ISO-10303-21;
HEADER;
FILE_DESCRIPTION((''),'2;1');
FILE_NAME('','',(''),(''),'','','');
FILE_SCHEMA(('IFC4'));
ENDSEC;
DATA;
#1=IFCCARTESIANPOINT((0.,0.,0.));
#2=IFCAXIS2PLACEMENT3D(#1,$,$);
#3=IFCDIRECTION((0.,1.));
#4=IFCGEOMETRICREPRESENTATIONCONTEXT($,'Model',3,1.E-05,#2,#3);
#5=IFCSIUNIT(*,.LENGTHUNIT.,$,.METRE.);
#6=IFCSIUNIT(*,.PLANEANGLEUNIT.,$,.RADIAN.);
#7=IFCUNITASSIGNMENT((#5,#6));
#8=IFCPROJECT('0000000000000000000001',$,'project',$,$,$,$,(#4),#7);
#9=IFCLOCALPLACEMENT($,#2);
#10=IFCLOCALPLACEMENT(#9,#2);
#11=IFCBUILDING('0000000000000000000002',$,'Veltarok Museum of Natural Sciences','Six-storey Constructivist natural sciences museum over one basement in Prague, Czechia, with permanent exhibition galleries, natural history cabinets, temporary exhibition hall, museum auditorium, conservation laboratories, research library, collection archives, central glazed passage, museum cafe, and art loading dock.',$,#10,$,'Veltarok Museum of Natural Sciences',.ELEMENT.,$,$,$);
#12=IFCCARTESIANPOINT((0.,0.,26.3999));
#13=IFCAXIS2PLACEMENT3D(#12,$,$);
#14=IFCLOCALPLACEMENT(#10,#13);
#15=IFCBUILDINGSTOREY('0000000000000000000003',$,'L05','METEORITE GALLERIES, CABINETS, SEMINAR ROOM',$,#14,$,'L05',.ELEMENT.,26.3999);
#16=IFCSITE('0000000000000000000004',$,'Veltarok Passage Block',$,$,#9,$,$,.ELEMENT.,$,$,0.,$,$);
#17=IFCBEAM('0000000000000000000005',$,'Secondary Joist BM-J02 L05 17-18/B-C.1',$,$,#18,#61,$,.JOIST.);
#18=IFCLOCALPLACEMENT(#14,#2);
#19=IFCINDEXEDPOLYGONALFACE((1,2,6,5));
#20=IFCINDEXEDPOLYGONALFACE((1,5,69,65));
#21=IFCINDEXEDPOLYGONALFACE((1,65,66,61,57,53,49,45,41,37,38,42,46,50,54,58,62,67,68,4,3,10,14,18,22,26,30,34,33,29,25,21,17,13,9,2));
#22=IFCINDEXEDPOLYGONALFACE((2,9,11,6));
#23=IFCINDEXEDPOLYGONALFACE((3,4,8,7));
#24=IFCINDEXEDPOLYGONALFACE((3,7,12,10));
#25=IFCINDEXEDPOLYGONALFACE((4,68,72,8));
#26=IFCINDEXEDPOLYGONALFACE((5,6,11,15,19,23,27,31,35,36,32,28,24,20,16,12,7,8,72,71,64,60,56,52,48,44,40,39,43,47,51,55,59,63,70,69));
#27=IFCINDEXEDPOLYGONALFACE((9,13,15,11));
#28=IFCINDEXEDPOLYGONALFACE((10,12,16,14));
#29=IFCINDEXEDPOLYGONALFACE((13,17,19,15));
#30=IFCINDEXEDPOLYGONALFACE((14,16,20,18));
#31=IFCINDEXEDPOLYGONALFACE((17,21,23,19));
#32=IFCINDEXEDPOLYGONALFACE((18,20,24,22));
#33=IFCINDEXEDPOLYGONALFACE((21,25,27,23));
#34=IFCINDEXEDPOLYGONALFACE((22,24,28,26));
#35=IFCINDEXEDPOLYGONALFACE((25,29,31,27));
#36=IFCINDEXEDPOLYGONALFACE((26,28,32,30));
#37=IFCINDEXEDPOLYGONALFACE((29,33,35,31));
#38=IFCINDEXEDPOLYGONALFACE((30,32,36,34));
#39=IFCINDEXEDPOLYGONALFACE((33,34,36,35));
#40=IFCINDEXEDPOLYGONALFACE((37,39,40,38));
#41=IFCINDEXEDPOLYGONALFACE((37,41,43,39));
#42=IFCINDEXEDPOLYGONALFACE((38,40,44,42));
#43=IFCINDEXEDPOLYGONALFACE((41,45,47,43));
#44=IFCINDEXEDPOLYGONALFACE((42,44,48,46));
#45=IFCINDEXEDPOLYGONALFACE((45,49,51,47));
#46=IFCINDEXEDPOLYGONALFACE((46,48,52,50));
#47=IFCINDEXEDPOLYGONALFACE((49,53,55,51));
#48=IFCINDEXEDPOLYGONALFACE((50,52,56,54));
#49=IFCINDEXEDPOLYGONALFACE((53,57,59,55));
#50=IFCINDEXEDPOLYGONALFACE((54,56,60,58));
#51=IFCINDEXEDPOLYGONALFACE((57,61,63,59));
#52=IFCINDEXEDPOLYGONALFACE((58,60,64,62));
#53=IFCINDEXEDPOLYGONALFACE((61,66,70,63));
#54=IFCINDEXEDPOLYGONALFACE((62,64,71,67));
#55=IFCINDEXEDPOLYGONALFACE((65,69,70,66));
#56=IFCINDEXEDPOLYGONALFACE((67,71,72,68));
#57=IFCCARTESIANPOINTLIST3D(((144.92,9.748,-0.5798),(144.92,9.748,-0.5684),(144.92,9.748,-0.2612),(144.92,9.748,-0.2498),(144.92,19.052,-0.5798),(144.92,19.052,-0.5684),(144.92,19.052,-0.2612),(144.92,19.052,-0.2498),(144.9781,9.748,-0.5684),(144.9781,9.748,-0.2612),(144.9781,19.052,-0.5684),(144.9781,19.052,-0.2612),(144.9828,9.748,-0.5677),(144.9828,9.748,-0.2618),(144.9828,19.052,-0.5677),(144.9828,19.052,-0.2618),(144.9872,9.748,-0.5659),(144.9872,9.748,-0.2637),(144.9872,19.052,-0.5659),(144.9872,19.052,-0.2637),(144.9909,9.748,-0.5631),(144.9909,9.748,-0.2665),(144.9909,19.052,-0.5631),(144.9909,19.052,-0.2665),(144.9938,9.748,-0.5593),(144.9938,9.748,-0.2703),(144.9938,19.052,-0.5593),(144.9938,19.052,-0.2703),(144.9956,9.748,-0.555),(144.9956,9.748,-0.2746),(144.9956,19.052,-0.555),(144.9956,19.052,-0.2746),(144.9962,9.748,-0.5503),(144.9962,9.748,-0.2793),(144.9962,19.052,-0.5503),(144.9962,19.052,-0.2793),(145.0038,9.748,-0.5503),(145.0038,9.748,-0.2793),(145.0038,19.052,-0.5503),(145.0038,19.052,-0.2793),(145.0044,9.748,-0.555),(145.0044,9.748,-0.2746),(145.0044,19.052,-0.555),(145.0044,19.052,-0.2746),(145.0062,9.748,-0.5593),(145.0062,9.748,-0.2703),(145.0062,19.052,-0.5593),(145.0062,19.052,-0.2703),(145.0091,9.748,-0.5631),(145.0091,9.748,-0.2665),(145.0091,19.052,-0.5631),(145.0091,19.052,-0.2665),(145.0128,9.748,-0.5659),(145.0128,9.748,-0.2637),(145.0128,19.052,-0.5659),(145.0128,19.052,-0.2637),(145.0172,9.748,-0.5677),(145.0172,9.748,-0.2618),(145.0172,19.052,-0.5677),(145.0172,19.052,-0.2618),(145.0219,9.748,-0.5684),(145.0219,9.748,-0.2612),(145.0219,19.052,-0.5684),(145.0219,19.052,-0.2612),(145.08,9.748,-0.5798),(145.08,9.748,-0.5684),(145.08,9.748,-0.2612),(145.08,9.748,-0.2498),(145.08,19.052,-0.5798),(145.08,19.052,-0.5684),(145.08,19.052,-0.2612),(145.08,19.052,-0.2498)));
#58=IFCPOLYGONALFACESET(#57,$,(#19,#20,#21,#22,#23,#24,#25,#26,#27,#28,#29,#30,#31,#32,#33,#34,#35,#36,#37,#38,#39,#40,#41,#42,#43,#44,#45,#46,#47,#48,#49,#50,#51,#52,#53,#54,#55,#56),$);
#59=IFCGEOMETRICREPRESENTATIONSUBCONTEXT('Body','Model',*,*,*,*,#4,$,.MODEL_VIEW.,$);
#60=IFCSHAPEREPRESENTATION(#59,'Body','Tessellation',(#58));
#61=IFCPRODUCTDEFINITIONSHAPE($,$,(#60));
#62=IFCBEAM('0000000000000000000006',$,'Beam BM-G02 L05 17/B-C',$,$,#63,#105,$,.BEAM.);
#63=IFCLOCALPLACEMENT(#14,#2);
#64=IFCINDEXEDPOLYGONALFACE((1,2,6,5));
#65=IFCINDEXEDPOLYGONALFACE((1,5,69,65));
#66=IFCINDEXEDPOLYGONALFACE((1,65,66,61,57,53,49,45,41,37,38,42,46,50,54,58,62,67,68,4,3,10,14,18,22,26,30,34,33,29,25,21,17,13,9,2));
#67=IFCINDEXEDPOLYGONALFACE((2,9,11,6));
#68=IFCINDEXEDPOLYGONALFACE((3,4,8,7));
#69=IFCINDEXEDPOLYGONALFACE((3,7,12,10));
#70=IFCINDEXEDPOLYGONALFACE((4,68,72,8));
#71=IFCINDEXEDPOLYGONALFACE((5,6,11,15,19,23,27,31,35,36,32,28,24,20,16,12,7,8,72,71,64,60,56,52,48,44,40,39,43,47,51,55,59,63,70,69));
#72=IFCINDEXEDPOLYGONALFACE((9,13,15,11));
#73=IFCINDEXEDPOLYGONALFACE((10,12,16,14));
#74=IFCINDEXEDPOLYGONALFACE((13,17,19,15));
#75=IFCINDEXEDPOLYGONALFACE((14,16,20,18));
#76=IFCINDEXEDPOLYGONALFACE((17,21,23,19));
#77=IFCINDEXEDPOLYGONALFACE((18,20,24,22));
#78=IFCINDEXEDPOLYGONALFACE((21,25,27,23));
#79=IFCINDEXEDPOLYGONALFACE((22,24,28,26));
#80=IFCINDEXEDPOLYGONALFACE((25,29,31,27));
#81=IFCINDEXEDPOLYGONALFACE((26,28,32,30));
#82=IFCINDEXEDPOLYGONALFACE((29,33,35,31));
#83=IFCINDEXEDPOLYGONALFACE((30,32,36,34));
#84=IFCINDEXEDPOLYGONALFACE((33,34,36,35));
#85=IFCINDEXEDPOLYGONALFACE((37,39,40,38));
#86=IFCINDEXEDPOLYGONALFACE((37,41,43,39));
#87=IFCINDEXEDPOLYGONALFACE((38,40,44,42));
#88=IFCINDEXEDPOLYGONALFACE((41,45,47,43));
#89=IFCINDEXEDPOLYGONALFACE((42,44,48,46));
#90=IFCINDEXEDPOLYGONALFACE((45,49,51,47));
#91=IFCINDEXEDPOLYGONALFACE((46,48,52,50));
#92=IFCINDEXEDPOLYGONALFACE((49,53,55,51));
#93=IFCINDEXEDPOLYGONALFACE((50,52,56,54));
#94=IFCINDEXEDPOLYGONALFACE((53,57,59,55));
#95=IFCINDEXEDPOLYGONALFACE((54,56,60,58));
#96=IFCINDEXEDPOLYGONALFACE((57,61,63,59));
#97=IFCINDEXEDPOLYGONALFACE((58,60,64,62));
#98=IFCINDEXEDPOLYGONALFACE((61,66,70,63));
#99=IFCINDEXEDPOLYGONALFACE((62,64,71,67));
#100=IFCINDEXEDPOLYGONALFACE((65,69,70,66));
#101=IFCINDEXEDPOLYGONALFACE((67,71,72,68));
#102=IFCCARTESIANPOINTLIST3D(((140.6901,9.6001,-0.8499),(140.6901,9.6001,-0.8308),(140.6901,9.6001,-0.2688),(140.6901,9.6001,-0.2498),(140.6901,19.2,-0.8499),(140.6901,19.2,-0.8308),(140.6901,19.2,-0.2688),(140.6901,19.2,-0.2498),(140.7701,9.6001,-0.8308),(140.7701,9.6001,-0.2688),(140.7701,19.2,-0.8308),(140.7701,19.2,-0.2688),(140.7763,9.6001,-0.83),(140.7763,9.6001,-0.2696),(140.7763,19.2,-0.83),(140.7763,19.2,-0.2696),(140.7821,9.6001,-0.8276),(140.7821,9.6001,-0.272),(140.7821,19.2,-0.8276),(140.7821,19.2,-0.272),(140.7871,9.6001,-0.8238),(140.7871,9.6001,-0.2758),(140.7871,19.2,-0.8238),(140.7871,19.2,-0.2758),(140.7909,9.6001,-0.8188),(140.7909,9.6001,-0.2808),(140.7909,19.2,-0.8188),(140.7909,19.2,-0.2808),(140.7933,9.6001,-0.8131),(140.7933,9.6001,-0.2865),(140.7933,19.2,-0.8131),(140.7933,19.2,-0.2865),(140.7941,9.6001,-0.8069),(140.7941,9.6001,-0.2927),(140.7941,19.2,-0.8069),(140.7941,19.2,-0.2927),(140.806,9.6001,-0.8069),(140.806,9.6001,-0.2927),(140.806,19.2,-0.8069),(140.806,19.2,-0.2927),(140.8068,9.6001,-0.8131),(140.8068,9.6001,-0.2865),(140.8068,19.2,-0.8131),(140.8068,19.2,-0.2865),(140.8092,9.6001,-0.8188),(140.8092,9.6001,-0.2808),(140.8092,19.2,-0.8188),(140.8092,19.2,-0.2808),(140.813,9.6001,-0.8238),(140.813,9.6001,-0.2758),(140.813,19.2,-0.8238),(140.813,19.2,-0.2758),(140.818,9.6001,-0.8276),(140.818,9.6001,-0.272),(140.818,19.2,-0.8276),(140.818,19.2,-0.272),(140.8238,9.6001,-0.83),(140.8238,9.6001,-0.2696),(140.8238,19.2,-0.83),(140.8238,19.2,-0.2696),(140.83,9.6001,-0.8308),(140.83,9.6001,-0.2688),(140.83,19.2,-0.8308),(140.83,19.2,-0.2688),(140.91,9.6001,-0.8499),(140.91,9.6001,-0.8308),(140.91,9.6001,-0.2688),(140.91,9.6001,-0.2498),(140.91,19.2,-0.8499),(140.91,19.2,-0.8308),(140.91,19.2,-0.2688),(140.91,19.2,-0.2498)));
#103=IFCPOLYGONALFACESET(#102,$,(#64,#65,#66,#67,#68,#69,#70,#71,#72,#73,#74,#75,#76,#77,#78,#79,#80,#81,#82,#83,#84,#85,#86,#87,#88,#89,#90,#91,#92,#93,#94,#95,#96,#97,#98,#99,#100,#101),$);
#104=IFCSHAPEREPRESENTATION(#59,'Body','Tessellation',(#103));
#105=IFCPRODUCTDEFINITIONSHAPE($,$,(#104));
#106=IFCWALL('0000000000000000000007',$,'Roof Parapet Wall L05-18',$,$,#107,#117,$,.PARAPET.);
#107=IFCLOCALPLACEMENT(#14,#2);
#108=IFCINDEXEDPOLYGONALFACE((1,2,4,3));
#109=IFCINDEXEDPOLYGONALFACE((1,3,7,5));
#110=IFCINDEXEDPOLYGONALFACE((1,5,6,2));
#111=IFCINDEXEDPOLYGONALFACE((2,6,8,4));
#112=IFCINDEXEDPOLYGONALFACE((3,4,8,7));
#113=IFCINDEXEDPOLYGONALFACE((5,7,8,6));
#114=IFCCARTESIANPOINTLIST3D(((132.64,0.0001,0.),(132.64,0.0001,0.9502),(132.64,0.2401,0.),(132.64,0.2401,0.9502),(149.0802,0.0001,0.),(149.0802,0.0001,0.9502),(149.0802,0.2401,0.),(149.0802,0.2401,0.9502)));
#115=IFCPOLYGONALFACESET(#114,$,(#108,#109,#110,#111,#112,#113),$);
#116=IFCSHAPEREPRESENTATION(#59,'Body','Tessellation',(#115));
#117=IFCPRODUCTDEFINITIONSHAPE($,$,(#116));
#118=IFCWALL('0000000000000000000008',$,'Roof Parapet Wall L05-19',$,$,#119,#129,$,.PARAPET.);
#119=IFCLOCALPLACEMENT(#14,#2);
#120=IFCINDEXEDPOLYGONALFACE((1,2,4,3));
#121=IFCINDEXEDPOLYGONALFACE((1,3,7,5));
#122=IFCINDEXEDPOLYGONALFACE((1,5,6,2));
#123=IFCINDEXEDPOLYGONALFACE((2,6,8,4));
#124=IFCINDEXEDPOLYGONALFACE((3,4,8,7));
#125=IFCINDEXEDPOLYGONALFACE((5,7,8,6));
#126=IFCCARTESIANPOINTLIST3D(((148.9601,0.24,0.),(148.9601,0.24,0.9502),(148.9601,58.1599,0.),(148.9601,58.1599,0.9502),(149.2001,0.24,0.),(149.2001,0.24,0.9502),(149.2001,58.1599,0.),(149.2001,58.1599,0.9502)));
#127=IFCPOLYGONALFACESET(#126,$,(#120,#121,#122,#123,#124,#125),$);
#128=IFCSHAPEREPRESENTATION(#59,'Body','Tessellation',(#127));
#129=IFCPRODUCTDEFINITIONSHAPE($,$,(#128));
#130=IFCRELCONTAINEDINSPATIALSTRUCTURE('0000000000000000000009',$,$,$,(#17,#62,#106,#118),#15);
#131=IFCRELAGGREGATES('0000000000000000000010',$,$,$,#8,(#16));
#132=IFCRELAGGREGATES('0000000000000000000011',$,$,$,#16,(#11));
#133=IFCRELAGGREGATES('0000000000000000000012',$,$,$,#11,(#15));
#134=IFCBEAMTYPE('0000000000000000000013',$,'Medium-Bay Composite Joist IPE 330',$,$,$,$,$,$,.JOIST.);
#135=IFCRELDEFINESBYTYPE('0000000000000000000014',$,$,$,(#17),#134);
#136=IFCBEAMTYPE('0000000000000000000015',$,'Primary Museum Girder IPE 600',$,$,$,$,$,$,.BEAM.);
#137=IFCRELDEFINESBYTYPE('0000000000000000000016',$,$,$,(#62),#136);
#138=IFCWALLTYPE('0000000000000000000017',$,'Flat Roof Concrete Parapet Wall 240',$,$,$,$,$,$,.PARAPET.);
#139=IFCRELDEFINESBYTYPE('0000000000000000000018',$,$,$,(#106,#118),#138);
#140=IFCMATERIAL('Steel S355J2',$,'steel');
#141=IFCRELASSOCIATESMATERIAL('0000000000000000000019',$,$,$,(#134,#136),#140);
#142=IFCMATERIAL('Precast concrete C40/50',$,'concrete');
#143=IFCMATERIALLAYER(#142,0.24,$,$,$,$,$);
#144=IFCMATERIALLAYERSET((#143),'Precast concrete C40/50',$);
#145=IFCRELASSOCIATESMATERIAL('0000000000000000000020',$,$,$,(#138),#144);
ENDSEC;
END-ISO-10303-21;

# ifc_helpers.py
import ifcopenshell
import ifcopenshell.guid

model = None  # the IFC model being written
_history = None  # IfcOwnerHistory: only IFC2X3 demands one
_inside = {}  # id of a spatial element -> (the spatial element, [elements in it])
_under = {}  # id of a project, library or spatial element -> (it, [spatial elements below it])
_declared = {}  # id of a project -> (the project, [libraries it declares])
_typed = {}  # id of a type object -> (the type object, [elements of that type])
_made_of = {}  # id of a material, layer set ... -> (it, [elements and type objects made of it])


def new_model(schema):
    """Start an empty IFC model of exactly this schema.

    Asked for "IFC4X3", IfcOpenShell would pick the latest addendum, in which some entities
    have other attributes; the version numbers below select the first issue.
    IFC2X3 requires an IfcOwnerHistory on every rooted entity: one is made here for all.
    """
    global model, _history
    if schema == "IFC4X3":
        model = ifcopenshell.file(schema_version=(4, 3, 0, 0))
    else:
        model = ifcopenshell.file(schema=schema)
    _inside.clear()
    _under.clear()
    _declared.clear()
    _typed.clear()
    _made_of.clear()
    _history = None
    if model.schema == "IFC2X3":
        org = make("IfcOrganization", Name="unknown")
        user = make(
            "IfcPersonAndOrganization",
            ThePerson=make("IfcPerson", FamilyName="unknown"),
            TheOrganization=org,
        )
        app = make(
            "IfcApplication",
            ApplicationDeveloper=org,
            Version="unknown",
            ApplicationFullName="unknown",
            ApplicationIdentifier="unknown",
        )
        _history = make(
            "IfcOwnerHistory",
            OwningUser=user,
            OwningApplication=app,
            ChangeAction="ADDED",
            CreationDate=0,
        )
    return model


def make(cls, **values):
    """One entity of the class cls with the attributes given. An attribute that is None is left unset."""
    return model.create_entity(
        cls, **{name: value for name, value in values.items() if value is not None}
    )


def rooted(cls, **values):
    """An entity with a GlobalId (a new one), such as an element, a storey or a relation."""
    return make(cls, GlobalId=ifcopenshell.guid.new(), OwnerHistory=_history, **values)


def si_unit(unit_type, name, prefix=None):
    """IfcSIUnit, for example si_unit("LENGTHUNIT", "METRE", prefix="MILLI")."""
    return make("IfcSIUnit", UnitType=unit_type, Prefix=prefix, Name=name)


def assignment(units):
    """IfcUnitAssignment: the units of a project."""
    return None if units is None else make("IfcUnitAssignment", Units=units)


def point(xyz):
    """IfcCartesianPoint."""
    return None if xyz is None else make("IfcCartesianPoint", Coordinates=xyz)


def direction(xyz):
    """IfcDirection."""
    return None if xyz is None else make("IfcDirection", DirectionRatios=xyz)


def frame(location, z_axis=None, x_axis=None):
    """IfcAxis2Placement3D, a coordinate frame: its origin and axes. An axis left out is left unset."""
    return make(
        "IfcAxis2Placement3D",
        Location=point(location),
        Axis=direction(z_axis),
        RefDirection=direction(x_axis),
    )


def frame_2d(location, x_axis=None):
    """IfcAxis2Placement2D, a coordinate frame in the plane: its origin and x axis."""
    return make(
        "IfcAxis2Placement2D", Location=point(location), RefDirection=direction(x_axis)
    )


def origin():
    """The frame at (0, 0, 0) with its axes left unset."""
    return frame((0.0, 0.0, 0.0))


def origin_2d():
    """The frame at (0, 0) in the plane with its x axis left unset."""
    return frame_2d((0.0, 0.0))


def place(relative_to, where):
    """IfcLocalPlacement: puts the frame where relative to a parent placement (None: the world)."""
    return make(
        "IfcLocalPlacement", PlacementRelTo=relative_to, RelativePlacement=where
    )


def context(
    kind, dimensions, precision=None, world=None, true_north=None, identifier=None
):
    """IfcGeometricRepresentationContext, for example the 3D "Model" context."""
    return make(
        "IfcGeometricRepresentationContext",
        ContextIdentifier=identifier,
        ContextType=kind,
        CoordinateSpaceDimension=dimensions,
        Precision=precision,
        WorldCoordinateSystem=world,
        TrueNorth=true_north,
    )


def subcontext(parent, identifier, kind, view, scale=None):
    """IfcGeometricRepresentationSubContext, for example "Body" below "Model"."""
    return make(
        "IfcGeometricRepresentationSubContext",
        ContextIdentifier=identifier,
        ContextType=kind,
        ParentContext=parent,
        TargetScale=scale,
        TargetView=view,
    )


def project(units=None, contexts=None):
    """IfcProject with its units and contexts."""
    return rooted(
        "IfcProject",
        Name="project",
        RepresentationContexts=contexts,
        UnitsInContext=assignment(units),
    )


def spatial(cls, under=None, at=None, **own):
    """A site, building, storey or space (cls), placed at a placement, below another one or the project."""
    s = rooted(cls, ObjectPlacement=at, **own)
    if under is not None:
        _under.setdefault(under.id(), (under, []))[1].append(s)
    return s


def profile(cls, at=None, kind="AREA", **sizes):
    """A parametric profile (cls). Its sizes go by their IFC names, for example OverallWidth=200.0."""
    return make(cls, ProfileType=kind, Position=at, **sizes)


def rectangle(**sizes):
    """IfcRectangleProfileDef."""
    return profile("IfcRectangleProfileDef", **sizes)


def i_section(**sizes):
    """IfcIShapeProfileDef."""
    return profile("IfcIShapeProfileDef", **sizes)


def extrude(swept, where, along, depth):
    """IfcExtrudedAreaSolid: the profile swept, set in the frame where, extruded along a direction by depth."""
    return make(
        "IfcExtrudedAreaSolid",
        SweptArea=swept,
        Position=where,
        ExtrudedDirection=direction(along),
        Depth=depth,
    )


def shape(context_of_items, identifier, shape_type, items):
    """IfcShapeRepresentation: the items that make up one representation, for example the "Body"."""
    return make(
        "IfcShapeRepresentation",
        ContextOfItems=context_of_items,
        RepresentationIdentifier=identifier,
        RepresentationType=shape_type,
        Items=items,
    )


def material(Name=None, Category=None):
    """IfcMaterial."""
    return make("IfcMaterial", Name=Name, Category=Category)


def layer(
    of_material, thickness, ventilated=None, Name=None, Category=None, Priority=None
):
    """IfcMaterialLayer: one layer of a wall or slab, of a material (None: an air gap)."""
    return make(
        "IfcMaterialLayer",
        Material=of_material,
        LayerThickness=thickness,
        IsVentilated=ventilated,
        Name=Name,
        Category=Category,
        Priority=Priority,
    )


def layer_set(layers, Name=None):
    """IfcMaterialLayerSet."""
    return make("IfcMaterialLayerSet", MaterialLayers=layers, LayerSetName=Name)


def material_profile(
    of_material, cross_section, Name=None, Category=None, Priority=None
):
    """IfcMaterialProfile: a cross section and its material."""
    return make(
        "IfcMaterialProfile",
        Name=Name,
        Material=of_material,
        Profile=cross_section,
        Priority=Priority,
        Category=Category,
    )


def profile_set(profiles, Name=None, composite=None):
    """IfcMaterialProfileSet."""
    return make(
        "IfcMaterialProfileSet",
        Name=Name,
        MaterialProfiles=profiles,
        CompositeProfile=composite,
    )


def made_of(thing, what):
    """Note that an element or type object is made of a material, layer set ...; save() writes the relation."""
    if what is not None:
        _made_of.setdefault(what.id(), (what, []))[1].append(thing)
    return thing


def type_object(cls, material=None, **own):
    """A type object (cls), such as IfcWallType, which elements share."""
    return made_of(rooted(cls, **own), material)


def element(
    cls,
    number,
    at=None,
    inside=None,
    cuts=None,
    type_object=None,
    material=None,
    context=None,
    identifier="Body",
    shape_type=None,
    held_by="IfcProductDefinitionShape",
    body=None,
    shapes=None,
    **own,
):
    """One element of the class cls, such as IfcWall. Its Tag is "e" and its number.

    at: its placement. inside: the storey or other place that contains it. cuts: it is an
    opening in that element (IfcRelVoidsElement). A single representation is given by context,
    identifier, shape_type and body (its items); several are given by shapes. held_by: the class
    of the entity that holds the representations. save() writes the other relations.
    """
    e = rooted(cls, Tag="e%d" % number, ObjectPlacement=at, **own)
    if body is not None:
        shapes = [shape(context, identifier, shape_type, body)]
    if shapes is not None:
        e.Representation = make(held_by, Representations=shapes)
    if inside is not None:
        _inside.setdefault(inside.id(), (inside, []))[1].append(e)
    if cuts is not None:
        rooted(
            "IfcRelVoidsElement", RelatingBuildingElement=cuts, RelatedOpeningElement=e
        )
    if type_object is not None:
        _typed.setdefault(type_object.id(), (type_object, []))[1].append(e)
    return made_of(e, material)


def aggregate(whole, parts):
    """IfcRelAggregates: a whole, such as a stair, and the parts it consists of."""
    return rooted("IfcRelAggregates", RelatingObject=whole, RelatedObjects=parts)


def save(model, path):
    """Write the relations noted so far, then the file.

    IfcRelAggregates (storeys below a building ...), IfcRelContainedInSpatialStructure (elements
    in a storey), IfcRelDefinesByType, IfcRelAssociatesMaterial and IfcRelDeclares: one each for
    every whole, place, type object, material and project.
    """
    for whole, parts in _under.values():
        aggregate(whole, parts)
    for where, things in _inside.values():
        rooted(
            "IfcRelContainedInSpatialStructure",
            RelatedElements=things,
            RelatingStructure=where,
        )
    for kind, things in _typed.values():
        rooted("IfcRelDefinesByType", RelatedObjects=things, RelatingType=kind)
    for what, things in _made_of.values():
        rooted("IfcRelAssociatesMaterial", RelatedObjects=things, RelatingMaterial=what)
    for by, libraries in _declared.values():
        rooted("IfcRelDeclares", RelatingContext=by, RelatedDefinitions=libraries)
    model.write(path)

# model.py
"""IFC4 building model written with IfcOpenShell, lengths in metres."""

from ifc_helpers import new_model, si_unit, direction, frame, frame_2d, origin, origin_2d, place, context, subcontext, project, spatial, rectangle, i_section, extrude, material, layer, layer_set, material_profile, profile_set, type_object, element, save


model = new_model("IFC4")

# Units and contexts
model_context = context("Model", 3, precision=1e-05, world=origin(), true_north=direction((0.0, 1.0)))
body_context = subcontext(model_context, "Body", "Model", "MODEL_VIEW")
ifc_project = project(units=[si_unit("LENGTHUNIT", "METRE"), si_unit("PLANEANGLEUNIT", "RADIAN")], contexts=[model_context])

# Site, building, storey
site_placement = place(None, origin())
site = spatial("IfcSite", under=ifc_project, at=site_placement, Name="Veltarok Passage Block", CompositionType="ELEMENT", RefElevation=0.0)
building_placement = place(site_placement, origin())
building = spatial("IfcBuilding", under=site, at=building_placement, Name="Veltarok Museum of Natural Sciences", Description="Six-storey Constructivist natural sciences museum over one basement in Prague, Czechia, with permanent exhibition galleries, natural history cabinets, temporary exhibition hall, museum auditorium, conservation laboratories, research library, collection archives, central glazed passage, museum cafe, and art loading dock.", LongName="Veltarok Museum of Natural Sciences", CompositionType="ELEMENT")
storey_placement = place(building_placement, frame((0.0, 0.0, 26.3999)))
storey = spatial("IfcBuildingStorey", under=building, at=storey_placement, Name="L05", Description="METEORITE GALLERIES, CABINETS, SEMINAR ROOM", LongName="L05", CompositionType="ELEMENT", Elevation=26.3999)

# Beams
ifc_material_1 = material(Name="Precast concrete C40/50", Category="concrete")
ifc_material_2 = material(Name="Steel S355J2", Category="steel")
ifc_material_profile_1 = material_profile(ifc_material_2, i_section(OverallWidth=0.1599, OverallDepth=0.3301, WebThickness=0.0076, FlangeThickness=0.0115, FilletRadius=0.0181, at=origin_2d()), Name="IPE 330")
ifc_profile_set_1 = profile_set([ifc_material_profile_1], Name="Steel S355J2")
beam_type_1 = type_object("IfcBeamType", Name="Medium-Bay Composite Joist IPE 330", PredefinedType="JOIST", material=ifc_profile_set_1)
for number, where, z_axis, x_axis, name in (
    (1, (145.0, 9.748, -0.4148), (0.0, 1.0, 0.0), (-1.0, 0.0, 0.0), "Secondary Joist BM-J02 L05 17-18/B-C.1"),
):
    element("IfcBeam", number, at=place(storey_placement, frame(where, z_axis=z_axis, x_axis=x_axis)), inside=storey, type_object=beam_type_1, Name=name, PredefinedType="JOIST", context=body_context, shape_type="SweptSolid", body=[
        extrude(i_section(OverallWidth=0.1599, OverallDepth=0.3301, WebThickness=0.0076, FlangeThickness=0.0115, FilletRadius=0.0181, at=origin_2d()), origin(), (0.0, 0.0, 1.0), 9.304),
    ])
ifc_material_profile_2 = material_profile(ifc_material_2, i_section(OverallWidth=0.22, OverallDepth=0.6001, WebThickness=0.012, FlangeThickness=0.019, FilletRadius=0.0239, at=origin_2d()), Name="IPE 600")
ifc_profile_set_2 = profile_set([ifc_material_profile_2], Name="Steel S355J2")
beam_type_2 = type_object("IfcBeamType", Name="Primary Museum Girder IPE 600", PredefinedType="BEAM", material=ifc_profile_set_2)
beam_1_placement = place(storey_placement, frame((140.8, 9.6001, -0.5498), z_axis=(0.0, 1.0, 0.0), x_axis=(-1.0, 0.0, 0.0)))
element("IfcBeam", 2, at=beam_1_placement, inside=storey, type_object=beam_type_2, Name="Beam BM-G02 L05 17/B-C", PredefinedType="BEAM", context=body_context, shape_type="SweptSolid", body=[
    extrude(i_section(OverallWidth=0.22, OverallDepth=0.6001, WebThickness=0.012, FlangeThickness=0.019, FilletRadius=0.0239, at=origin_2d()), origin(), (0.0, 0.0, 1.0), 9.5999),
])

# Walls
ifc_layer = layer(ifc_material_1, 0.24)
ifc_layer_set = layer_set([ifc_layer], Name="Precast concrete C40/50")
wall_type = type_object("IfcWallType", Name="Flat Roof Concrete Parapet Wall 240", PredefinedType="PARAPET", material=ifc_layer_set)
wall_1_placement = place(storey_placement, frame((132.6399, 0.1201, 0.0), z_axis=(0.0, 0.0, 1.0), x_axis=(1.0, 0.0, 0.0)))
element("IfcWall", 3, at=wall_1_placement, inside=storey, type_object=wall_type, Name="Roof Parapet Wall L05-18", PredefinedType="PARAPET", context=body_context, shape_type="SweptSolid", body=[
    extrude(rectangle(XDim=16.4402, YDim=0.24, at=frame_2d((8.2202, 0.0))), origin(), (0.0, 0.0, 1.0), 0.9502),
])
wall_2_placement = place(storey_placement, frame((149.0801, 0.24, 0.0), z_axis=(0.0, 0.0, 1.0), x_axis=(0.0, 1.0, 0.0)))
element("IfcWall", 4, at=wall_2_placement, inside=storey, type_object=wall_type, Name="Roof Parapet Wall L05-19", PredefinedType="PARAPET", context=body_context, shape_type="SweptSolid", body=[
    extrude(rectangle(XDim=57.9199, YDim=0.24, at=frame_2d((28.96, 0.0))), origin(), (0.0, 0.0, 1.0), 0.9502),
])

save(model, "model.ifc")
